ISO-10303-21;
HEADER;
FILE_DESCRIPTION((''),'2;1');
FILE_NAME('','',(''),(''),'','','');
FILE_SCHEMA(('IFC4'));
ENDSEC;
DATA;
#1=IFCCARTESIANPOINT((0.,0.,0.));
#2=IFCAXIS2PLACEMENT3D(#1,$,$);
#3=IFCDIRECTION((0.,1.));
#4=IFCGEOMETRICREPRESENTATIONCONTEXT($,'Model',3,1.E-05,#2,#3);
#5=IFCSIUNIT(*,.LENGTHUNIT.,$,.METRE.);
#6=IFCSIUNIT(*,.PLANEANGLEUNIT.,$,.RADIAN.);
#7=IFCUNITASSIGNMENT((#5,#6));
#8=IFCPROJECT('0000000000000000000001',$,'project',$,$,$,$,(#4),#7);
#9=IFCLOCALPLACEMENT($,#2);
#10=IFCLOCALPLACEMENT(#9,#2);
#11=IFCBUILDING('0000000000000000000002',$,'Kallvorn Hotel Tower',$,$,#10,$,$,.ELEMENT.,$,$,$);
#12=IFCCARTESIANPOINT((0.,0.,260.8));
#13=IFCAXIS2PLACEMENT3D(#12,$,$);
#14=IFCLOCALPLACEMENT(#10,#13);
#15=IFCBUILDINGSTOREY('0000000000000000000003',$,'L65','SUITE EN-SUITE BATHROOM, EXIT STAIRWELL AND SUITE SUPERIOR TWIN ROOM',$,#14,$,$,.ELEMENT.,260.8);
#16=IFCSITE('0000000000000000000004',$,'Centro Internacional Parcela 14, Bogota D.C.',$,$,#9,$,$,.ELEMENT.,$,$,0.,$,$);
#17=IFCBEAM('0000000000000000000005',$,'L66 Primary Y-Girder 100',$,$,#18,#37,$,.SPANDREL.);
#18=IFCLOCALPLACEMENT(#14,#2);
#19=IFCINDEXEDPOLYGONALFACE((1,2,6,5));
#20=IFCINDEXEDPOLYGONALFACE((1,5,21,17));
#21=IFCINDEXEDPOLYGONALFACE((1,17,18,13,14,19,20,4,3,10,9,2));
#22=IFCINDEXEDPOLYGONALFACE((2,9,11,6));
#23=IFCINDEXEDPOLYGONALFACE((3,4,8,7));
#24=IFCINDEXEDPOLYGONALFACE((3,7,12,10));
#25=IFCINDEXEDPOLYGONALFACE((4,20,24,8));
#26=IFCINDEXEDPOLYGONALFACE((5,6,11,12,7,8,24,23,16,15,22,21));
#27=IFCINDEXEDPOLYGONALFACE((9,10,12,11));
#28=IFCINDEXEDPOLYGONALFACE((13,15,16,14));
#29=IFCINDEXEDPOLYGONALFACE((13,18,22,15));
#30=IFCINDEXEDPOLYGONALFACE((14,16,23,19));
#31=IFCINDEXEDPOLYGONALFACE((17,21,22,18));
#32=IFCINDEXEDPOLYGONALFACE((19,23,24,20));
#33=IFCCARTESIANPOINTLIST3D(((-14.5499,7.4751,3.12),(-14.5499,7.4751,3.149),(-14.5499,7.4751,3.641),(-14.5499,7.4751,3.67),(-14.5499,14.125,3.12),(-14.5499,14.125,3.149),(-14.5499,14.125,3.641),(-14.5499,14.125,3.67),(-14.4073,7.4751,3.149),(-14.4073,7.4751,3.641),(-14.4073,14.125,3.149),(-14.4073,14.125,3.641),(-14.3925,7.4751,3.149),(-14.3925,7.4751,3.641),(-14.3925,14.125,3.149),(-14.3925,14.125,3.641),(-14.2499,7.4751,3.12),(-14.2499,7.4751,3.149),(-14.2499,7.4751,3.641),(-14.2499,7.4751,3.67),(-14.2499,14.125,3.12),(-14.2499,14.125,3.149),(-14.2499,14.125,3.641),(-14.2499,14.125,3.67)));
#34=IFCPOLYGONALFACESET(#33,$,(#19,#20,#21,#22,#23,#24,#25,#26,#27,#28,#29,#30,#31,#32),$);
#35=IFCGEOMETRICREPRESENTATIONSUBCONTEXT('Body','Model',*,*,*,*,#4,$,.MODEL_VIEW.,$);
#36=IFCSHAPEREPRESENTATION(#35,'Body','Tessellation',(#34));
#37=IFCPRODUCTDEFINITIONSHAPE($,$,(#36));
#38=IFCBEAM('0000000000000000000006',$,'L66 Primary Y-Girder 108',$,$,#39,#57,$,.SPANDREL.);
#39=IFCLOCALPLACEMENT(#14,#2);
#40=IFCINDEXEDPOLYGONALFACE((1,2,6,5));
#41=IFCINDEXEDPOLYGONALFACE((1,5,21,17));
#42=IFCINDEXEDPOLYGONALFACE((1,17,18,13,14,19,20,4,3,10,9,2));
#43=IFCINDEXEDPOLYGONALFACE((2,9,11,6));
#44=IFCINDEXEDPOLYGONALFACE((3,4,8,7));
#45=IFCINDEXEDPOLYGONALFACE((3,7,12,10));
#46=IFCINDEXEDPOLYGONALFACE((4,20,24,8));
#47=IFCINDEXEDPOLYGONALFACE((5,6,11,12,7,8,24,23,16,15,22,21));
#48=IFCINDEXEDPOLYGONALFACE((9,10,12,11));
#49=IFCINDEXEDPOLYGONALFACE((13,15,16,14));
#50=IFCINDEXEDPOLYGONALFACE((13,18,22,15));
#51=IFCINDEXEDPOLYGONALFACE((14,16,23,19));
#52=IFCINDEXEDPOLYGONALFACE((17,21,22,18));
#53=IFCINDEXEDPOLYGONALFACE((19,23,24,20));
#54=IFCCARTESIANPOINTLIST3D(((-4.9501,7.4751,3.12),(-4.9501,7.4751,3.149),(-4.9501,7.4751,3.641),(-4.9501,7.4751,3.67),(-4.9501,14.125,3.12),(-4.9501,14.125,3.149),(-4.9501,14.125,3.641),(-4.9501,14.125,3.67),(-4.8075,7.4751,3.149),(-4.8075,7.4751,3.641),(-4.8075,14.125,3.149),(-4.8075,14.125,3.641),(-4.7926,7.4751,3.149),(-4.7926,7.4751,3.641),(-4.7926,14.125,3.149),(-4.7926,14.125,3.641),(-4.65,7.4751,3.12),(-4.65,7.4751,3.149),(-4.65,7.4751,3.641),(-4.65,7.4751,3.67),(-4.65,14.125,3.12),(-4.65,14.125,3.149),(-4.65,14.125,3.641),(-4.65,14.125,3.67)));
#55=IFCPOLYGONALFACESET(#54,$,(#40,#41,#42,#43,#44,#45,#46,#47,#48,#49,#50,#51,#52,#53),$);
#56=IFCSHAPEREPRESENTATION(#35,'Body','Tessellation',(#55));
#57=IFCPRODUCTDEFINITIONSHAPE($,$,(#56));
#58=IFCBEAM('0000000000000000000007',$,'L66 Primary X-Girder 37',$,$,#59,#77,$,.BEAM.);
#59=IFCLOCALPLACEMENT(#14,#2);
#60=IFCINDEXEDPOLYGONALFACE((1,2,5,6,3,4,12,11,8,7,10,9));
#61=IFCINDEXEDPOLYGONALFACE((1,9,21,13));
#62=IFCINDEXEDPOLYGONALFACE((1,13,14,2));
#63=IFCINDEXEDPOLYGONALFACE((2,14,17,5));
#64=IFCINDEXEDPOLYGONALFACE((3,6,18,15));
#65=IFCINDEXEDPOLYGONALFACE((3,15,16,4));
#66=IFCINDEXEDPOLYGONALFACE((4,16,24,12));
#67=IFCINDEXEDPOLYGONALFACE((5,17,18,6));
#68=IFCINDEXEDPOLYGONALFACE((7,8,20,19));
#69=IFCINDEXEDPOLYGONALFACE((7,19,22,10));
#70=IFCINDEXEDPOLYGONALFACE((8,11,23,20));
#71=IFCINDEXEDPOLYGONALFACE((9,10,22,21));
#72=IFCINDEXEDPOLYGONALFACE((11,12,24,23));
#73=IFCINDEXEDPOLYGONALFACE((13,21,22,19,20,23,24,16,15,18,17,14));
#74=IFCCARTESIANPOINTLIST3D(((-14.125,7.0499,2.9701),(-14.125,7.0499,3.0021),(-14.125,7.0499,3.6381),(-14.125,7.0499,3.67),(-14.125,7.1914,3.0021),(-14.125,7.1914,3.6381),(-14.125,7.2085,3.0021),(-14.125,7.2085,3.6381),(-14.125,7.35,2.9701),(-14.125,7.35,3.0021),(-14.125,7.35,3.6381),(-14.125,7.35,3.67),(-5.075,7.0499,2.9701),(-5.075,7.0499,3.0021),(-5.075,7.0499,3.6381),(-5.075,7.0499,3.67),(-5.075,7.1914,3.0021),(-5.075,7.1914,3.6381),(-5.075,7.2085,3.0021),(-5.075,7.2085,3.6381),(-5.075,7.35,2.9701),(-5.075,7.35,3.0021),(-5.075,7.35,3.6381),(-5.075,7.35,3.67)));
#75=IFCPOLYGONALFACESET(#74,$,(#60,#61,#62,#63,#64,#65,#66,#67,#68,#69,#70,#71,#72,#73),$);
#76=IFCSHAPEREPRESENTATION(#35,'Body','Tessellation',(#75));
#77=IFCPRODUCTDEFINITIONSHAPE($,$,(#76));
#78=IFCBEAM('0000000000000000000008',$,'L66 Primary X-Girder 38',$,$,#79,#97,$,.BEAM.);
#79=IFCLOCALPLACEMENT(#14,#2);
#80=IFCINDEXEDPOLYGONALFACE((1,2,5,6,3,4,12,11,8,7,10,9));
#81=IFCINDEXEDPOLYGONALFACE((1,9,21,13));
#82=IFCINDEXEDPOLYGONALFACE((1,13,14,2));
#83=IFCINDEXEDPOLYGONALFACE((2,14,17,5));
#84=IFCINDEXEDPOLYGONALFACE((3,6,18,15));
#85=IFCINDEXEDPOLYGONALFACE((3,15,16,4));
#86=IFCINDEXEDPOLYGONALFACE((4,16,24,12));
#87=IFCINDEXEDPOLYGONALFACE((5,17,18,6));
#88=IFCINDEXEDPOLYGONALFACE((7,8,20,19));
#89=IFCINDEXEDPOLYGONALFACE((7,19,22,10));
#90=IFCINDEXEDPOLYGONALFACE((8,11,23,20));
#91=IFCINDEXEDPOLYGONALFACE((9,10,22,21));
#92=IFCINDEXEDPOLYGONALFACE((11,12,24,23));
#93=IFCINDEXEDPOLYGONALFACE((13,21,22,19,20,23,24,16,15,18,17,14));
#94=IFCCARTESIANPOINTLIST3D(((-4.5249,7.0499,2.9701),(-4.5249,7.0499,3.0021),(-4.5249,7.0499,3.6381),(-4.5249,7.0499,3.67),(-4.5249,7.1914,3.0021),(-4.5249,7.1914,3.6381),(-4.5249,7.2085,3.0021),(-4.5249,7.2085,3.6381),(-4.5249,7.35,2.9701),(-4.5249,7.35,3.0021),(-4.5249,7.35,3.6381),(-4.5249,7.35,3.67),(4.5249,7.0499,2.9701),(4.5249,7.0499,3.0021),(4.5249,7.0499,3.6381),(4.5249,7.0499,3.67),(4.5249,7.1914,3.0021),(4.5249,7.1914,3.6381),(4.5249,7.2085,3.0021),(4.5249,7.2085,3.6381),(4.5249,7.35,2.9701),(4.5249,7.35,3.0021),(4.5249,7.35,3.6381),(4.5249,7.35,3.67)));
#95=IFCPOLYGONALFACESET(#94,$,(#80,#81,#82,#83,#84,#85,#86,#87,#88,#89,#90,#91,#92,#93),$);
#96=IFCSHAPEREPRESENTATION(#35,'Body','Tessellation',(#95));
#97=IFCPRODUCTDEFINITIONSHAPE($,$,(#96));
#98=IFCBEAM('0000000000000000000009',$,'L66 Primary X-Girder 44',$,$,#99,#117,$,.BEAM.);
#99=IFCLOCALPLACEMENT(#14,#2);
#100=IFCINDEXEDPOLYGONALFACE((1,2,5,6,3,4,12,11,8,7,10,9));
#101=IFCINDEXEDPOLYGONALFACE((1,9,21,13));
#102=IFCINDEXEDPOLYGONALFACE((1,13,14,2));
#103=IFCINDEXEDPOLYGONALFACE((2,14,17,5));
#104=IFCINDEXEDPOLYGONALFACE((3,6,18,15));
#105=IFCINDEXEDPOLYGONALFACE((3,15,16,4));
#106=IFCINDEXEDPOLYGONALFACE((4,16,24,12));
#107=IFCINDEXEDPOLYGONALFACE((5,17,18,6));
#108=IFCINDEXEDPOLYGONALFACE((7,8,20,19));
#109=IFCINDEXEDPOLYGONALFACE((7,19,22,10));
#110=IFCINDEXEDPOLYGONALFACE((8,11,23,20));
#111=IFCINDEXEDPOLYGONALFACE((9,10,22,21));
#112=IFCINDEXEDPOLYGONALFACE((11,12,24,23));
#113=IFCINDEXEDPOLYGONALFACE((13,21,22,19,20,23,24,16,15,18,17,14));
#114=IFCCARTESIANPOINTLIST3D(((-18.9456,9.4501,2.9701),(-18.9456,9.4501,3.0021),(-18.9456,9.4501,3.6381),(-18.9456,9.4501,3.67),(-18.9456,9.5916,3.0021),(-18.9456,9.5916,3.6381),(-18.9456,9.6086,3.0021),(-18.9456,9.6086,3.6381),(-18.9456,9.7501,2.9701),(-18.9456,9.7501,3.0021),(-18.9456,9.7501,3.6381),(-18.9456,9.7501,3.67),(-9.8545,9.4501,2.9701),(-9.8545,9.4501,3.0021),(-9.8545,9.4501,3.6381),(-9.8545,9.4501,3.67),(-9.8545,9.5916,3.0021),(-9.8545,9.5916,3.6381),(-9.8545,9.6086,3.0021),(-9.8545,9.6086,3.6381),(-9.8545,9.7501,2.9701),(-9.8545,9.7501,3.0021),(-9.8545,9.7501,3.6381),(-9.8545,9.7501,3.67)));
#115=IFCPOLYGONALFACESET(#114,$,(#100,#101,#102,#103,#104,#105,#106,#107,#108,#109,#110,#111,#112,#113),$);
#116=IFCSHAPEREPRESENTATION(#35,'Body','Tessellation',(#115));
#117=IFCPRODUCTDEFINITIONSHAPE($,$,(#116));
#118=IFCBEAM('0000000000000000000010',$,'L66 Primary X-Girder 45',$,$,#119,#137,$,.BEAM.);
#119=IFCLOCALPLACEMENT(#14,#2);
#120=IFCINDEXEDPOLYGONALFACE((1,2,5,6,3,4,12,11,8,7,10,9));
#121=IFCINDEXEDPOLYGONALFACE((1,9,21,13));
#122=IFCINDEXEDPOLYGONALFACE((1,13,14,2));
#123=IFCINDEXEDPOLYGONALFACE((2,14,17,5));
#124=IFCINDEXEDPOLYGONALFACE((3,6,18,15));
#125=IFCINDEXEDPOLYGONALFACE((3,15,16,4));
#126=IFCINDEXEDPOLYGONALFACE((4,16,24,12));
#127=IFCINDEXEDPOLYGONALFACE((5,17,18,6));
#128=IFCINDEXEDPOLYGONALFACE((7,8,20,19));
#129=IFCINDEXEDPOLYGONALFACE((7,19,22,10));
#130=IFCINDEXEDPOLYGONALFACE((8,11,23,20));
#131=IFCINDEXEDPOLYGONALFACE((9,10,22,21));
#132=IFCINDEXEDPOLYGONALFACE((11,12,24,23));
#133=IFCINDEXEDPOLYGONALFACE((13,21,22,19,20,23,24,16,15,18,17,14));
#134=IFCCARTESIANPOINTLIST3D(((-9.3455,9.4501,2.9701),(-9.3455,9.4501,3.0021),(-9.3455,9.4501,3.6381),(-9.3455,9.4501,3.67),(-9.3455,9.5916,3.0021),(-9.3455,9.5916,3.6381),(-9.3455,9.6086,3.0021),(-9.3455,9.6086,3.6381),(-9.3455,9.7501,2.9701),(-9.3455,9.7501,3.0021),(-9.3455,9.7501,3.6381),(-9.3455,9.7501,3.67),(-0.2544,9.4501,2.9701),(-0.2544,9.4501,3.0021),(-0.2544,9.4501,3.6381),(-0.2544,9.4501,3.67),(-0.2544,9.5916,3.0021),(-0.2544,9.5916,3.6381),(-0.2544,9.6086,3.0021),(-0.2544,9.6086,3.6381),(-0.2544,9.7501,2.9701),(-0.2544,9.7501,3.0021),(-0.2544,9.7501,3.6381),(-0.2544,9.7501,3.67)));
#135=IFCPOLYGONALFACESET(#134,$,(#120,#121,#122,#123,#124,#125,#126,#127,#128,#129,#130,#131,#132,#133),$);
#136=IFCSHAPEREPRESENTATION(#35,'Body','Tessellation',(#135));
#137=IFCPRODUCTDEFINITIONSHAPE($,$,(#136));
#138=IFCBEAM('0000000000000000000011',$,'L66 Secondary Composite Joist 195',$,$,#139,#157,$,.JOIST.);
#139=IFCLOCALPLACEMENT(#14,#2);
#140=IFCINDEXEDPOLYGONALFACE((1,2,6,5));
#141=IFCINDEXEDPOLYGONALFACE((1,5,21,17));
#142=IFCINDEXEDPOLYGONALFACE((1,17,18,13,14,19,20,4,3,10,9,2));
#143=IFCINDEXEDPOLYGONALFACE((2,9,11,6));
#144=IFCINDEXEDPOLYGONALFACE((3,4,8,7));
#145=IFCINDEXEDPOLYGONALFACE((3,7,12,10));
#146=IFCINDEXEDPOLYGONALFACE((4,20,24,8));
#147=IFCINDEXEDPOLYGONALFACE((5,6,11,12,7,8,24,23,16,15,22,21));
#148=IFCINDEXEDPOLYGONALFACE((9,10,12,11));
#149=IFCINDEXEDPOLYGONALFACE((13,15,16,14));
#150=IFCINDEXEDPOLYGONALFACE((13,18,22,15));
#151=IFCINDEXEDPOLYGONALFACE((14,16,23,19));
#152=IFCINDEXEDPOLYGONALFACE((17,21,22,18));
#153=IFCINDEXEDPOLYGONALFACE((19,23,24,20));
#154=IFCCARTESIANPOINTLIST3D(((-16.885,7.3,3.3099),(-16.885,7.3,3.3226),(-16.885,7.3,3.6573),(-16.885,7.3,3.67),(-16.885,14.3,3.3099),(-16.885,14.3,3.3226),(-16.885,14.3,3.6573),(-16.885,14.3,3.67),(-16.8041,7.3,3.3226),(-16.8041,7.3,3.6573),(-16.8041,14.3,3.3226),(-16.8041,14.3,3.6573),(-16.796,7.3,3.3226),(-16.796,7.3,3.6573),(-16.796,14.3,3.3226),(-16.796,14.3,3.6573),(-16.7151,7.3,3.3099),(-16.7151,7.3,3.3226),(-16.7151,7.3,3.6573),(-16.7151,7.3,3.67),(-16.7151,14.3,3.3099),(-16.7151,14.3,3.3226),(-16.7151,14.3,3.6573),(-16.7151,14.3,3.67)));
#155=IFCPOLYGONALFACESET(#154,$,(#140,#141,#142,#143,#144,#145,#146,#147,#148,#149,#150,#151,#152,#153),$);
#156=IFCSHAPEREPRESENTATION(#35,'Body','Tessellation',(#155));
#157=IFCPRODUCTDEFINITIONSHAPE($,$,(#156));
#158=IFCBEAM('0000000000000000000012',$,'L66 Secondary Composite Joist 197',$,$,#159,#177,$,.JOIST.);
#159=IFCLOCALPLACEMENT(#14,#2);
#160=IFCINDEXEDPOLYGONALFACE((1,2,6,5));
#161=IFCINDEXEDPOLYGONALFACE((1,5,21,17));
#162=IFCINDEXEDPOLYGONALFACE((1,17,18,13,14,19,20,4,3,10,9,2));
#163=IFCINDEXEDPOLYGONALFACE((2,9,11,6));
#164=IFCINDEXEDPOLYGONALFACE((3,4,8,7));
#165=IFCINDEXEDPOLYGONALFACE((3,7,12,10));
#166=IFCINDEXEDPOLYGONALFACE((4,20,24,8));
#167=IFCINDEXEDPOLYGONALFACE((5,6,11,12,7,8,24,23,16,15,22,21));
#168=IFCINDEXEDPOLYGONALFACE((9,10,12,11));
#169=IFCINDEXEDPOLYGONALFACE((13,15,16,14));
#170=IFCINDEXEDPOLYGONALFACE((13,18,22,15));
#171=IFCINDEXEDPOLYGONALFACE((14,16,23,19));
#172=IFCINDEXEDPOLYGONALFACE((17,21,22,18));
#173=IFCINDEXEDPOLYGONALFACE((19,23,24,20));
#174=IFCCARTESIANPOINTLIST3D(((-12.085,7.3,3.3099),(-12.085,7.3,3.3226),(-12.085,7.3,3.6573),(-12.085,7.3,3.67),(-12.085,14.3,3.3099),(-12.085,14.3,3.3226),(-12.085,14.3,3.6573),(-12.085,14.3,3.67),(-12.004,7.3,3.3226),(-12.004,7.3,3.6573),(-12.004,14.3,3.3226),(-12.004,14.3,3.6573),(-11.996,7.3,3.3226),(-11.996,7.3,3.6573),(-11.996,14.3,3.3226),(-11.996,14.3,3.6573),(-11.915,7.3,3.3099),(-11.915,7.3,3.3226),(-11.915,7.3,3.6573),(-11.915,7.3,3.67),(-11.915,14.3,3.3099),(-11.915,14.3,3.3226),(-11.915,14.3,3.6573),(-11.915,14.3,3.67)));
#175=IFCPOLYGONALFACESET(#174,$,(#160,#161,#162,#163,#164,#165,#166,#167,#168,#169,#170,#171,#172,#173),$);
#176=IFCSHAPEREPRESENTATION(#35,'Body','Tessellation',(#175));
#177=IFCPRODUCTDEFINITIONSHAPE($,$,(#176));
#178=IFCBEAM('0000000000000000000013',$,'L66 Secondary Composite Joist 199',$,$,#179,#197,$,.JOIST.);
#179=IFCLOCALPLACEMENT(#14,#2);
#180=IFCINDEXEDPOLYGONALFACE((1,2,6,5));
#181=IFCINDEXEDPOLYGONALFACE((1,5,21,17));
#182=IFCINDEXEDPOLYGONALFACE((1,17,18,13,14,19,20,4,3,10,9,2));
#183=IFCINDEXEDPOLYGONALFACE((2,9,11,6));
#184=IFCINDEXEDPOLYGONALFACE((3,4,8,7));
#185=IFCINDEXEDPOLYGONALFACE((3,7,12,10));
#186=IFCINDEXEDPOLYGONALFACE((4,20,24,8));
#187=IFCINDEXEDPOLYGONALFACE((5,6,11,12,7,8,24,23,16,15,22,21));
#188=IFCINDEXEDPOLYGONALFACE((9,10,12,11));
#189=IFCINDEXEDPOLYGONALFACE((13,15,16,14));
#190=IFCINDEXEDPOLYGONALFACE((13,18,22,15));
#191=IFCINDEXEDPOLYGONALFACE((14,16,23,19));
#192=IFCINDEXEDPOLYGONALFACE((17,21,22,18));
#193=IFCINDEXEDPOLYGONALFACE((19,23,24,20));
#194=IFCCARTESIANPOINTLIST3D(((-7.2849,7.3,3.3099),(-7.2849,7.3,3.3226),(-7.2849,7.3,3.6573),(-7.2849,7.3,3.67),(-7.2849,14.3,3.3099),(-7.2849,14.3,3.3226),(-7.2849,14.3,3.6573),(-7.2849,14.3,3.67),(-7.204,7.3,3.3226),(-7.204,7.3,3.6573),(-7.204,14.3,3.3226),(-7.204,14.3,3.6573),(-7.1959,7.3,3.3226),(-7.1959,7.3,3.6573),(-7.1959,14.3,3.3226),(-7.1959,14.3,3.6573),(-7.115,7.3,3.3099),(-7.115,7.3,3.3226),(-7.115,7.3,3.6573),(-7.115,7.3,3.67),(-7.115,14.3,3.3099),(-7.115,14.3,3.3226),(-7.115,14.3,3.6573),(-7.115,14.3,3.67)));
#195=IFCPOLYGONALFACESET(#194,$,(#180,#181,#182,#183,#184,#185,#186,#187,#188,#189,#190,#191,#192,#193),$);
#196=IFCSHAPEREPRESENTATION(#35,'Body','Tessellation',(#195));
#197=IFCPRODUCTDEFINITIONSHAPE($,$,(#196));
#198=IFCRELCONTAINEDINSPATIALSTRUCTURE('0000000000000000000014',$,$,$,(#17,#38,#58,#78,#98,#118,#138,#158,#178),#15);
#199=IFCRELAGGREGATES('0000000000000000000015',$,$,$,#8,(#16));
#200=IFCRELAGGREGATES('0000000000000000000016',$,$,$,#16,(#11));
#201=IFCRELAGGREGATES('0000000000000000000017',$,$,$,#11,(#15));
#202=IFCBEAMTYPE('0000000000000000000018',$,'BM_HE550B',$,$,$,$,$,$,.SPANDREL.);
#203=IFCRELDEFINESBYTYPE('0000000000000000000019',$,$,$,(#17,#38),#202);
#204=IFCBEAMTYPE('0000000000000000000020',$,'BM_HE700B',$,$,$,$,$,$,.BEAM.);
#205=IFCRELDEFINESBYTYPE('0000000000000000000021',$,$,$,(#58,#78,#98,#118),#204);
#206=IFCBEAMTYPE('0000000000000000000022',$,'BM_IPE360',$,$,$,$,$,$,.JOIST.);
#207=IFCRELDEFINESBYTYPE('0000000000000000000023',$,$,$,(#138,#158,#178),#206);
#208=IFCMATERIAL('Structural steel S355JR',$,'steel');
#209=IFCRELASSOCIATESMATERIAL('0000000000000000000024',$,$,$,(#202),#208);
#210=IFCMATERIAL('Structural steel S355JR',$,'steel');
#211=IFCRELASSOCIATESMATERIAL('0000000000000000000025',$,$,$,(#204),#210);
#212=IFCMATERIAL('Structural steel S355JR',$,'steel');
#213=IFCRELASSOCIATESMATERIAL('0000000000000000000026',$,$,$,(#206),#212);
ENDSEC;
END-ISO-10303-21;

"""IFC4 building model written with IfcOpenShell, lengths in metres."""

from ifc_helpers import new_model, si_unit, direction, frame, origin, origin_2d, place, context, subcontext, project, spatial, i_section, extrude, material, material_profile, profile_set, type_object, element, save


model = new_model("IFC4")

# Units and contexts
model_context = context("Model", 3, precision=1e-05, world=origin(), true_north=direction((0.0, 1.0)))
body_context = subcontext(model_context, "Body", "Model", "MODEL_VIEW")
ifc_project = project(units=[si_unit("LENGTHUNIT", "METRE"), si_unit("PLANEANGLEUNIT", "RADIAN")], contexts=[model_context])

# Site, building, storey
site_placement = place(None, origin())
site = spatial("IfcSite", under=ifc_project, at=site_placement, Name="Centro Internacional Parcela 14, Bogota D.C.", CompositionType="ELEMENT", RefElevation=0.0)
building_placement = place(site_placement, origin())
building = spatial("IfcBuilding", under=site, at=building_placement, Name="Kallvorn Hotel Tower", CompositionType="ELEMENT")
storey_placement = place(building_placement, frame((0.0, 0.0, 260.8)))
storey = spatial("IfcBuildingStorey", under=building, at=storey_placement, Name="L65", Description="SUITE EN-SUITE BATHROOM, EXIT STAIRWELL AND SUITE SUPERIOR TWIN ROOM", CompositionType="ELEMENT", Elevation=260.8)

# Beams
ifc_material_1 = material(Name="Structural steel S355JR", Category="steel")
ifc_material_profile_1 = material_profile(ifc_material_1, i_section(OverallWidth=0.3, OverallDepth=0.55, WebThickness=0.0149, FlangeThickness=0.0291, at=origin_2d()), Name="HE 550 B")
ifc_profile_set_1 = profile_set([ifc_material_profile_1], Name="Structural steel S355JR")
beam_type_1 = type_object("IfcBeamType", Name="BM_HE550B", PredefinedType="SPANDREL", material=ifc_profile_set_1)
for number, where, z_axis, x_axis, name in (
    (1, (-14.3999, 7.4751, 3.395), (0.0, 1.0, 0.0), (-1.0, 0.0, 0.0), "L66 Primary Y-Girder 100"),
    (2, (-4.8, 7.4751, 3.395), (0.0, 1.0, 0.0), (-1.0, 0.0, 0.0), "L66 Primary Y-Girder 108"),
):
    element("IfcBeam", number, at=place(storey_placement, frame(where, z_axis=z_axis, x_axis=x_axis)), inside=storey, type_object=beam_type_1, Name=name, PredefinedType="SPANDREL", context=body_context, shape_type="SweptSolid", body=[
        extrude(i_section(OverallWidth=0.3, OverallDepth=0.55, WebThickness=0.0149, FlangeThickness=0.0291, at=origin_2d()), origin(), (0.0, 0.0, 1.0), 6.6499),
    ])
ifc_material_2 = material(Name="Structural steel S355JR", Category="steel")
ifc_material_profile_2 = material_profile(ifc_material_2, i_section(OverallWidth=0.3, OverallDepth=0.7, WebThickness=0.0171, FlangeThickness=0.032, at=origin_2d()), Name="HE 700 B")
ifc_profile_set_2 = profile_set([ifc_material_profile_2], Name="Structural steel S355JR")
beam_type_2 = type_object("IfcBeamType", Name="BM_HE700B", PredefinedType="BEAM", material=ifc_profile_set_2)
beam_1_placement = place(storey_placement, frame((-14.125, 7.2, 3.3201), z_axis=(1.0, 0.0, 0.0), x_axis=(0.0, 1.0, 0.0)))
element("IfcBeam", 3, at=beam_1_placement, inside=storey, type_object=beam_type_2, Name="L66 Primary X-Girder 37", PredefinedType="BEAM", context=body_context, shape_type="SweptSolid", body=[
    extrude(i_section(OverallWidth=0.3, OverallDepth=0.7, WebThickness=0.0171, FlangeThickness=0.032, at=origin_2d()), origin(), (0.0, 0.0, 1.0), 9.05),
])
beam_2_placement = place(storey_placement, frame((-4.5249, 7.2, 3.3201), z_axis=(1.0, 0.0, 0.0), x_axis=(0.0, 1.0, 0.0)))
element("IfcBeam", 4, at=beam_2_placement, inside=storey, type_object=beam_type_2, Name="L66 Primary X-Girder 38", PredefinedType="BEAM", context=body_context, shape_type="SweptSolid", body=[
    extrude(i_section(OverallWidth=0.3, OverallDepth=0.7, WebThickness=0.0171, FlangeThickness=0.032, at=origin_2d()), origin(), (0.0, 0.0, 1.0), 9.0498),
])
for number, where, z_axis, x_axis, name in (
    (5, (-18.9456, 9.6001, 3.3201), (1.0, 0.0, 0.0), (0.0, 1.0, 0.0), "L66 Primary X-Girder 44"),
    (6, (-9.3455, 9.6001, 3.3201), (1.0, 0.0, 0.0), (0.0, 1.0, 0.0), "L66 Primary X-Girder 45"),
):
    element("IfcBeam", number, at=place(storey_placement, frame(where, z_axis=z_axis, x_axis=x_axis)), inside=storey, type_object=beam_type_2, Name=name, PredefinedType="BEAM", context=body_context, shape_type="SweptSolid", body=[
        extrude(i_section(OverallWidth=0.3, OverallDepth=0.7, WebThickness=0.0171, FlangeThickness=0.032, at=origin_2d()), origin(), (0.0, 0.0, 1.0), 9.0911),
    ])
ifc_material_3 = material(Name="Structural steel S355JR", Category="steel")
ifc_material_profile_3 = material_profile(ifc_material_3, i_section(OverallWidth=0.1699, OverallDepth=0.3601, WebThickness=0.0081, FlangeThickness=0.0127, at=origin_2d()), Name="IPE 360")
ifc_profile_set_3 = profile_set([ifc_material_profile_3], Name="Structural steel S355JR")
beam_type_3 = type_object("IfcBeamType", Name="BM_IPE360", PredefinedType="JOIST", material=ifc_profile_set_3)
for number, where, z_axis, x_axis, name in (
    (7, (-16.8, 7.3, 3.49), (0.0, 1.0, 0.0), (-1.0, 0.0, 0.0), "L66 Secondary Composite Joist 195"),
    (8, (-12.0, 7.3, 3.49), (0.0, 1.0, 0.0), (-1.0, 0.0, 0.0), "L66 Secondary Composite Joist 197"),
    (9, (-7.2, 7.3, 3.49), (0.0, 1.0, 0.0), (-1.0, 0.0, 0.0), "L66 Secondary Composite Joist 199"),
):
    element("IfcBeam", number, at=place(storey_placement, frame(where, z_axis=z_axis, x_axis=x_axis)), inside=storey, type_object=beam_type_3, Name=name, PredefinedType="JOIST", context=body_context, shape_type="SweptSolid", body=[
        extrude(i_section(OverallWidth=0.1699, OverallDepth=0.3601, WebThickness=0.0081, FlangeThickness=0.0127, at=origin_2d()), origin(), (0.0, 0.0, 1.0), 7.0),
    ])

save(model, "model.ifc")
